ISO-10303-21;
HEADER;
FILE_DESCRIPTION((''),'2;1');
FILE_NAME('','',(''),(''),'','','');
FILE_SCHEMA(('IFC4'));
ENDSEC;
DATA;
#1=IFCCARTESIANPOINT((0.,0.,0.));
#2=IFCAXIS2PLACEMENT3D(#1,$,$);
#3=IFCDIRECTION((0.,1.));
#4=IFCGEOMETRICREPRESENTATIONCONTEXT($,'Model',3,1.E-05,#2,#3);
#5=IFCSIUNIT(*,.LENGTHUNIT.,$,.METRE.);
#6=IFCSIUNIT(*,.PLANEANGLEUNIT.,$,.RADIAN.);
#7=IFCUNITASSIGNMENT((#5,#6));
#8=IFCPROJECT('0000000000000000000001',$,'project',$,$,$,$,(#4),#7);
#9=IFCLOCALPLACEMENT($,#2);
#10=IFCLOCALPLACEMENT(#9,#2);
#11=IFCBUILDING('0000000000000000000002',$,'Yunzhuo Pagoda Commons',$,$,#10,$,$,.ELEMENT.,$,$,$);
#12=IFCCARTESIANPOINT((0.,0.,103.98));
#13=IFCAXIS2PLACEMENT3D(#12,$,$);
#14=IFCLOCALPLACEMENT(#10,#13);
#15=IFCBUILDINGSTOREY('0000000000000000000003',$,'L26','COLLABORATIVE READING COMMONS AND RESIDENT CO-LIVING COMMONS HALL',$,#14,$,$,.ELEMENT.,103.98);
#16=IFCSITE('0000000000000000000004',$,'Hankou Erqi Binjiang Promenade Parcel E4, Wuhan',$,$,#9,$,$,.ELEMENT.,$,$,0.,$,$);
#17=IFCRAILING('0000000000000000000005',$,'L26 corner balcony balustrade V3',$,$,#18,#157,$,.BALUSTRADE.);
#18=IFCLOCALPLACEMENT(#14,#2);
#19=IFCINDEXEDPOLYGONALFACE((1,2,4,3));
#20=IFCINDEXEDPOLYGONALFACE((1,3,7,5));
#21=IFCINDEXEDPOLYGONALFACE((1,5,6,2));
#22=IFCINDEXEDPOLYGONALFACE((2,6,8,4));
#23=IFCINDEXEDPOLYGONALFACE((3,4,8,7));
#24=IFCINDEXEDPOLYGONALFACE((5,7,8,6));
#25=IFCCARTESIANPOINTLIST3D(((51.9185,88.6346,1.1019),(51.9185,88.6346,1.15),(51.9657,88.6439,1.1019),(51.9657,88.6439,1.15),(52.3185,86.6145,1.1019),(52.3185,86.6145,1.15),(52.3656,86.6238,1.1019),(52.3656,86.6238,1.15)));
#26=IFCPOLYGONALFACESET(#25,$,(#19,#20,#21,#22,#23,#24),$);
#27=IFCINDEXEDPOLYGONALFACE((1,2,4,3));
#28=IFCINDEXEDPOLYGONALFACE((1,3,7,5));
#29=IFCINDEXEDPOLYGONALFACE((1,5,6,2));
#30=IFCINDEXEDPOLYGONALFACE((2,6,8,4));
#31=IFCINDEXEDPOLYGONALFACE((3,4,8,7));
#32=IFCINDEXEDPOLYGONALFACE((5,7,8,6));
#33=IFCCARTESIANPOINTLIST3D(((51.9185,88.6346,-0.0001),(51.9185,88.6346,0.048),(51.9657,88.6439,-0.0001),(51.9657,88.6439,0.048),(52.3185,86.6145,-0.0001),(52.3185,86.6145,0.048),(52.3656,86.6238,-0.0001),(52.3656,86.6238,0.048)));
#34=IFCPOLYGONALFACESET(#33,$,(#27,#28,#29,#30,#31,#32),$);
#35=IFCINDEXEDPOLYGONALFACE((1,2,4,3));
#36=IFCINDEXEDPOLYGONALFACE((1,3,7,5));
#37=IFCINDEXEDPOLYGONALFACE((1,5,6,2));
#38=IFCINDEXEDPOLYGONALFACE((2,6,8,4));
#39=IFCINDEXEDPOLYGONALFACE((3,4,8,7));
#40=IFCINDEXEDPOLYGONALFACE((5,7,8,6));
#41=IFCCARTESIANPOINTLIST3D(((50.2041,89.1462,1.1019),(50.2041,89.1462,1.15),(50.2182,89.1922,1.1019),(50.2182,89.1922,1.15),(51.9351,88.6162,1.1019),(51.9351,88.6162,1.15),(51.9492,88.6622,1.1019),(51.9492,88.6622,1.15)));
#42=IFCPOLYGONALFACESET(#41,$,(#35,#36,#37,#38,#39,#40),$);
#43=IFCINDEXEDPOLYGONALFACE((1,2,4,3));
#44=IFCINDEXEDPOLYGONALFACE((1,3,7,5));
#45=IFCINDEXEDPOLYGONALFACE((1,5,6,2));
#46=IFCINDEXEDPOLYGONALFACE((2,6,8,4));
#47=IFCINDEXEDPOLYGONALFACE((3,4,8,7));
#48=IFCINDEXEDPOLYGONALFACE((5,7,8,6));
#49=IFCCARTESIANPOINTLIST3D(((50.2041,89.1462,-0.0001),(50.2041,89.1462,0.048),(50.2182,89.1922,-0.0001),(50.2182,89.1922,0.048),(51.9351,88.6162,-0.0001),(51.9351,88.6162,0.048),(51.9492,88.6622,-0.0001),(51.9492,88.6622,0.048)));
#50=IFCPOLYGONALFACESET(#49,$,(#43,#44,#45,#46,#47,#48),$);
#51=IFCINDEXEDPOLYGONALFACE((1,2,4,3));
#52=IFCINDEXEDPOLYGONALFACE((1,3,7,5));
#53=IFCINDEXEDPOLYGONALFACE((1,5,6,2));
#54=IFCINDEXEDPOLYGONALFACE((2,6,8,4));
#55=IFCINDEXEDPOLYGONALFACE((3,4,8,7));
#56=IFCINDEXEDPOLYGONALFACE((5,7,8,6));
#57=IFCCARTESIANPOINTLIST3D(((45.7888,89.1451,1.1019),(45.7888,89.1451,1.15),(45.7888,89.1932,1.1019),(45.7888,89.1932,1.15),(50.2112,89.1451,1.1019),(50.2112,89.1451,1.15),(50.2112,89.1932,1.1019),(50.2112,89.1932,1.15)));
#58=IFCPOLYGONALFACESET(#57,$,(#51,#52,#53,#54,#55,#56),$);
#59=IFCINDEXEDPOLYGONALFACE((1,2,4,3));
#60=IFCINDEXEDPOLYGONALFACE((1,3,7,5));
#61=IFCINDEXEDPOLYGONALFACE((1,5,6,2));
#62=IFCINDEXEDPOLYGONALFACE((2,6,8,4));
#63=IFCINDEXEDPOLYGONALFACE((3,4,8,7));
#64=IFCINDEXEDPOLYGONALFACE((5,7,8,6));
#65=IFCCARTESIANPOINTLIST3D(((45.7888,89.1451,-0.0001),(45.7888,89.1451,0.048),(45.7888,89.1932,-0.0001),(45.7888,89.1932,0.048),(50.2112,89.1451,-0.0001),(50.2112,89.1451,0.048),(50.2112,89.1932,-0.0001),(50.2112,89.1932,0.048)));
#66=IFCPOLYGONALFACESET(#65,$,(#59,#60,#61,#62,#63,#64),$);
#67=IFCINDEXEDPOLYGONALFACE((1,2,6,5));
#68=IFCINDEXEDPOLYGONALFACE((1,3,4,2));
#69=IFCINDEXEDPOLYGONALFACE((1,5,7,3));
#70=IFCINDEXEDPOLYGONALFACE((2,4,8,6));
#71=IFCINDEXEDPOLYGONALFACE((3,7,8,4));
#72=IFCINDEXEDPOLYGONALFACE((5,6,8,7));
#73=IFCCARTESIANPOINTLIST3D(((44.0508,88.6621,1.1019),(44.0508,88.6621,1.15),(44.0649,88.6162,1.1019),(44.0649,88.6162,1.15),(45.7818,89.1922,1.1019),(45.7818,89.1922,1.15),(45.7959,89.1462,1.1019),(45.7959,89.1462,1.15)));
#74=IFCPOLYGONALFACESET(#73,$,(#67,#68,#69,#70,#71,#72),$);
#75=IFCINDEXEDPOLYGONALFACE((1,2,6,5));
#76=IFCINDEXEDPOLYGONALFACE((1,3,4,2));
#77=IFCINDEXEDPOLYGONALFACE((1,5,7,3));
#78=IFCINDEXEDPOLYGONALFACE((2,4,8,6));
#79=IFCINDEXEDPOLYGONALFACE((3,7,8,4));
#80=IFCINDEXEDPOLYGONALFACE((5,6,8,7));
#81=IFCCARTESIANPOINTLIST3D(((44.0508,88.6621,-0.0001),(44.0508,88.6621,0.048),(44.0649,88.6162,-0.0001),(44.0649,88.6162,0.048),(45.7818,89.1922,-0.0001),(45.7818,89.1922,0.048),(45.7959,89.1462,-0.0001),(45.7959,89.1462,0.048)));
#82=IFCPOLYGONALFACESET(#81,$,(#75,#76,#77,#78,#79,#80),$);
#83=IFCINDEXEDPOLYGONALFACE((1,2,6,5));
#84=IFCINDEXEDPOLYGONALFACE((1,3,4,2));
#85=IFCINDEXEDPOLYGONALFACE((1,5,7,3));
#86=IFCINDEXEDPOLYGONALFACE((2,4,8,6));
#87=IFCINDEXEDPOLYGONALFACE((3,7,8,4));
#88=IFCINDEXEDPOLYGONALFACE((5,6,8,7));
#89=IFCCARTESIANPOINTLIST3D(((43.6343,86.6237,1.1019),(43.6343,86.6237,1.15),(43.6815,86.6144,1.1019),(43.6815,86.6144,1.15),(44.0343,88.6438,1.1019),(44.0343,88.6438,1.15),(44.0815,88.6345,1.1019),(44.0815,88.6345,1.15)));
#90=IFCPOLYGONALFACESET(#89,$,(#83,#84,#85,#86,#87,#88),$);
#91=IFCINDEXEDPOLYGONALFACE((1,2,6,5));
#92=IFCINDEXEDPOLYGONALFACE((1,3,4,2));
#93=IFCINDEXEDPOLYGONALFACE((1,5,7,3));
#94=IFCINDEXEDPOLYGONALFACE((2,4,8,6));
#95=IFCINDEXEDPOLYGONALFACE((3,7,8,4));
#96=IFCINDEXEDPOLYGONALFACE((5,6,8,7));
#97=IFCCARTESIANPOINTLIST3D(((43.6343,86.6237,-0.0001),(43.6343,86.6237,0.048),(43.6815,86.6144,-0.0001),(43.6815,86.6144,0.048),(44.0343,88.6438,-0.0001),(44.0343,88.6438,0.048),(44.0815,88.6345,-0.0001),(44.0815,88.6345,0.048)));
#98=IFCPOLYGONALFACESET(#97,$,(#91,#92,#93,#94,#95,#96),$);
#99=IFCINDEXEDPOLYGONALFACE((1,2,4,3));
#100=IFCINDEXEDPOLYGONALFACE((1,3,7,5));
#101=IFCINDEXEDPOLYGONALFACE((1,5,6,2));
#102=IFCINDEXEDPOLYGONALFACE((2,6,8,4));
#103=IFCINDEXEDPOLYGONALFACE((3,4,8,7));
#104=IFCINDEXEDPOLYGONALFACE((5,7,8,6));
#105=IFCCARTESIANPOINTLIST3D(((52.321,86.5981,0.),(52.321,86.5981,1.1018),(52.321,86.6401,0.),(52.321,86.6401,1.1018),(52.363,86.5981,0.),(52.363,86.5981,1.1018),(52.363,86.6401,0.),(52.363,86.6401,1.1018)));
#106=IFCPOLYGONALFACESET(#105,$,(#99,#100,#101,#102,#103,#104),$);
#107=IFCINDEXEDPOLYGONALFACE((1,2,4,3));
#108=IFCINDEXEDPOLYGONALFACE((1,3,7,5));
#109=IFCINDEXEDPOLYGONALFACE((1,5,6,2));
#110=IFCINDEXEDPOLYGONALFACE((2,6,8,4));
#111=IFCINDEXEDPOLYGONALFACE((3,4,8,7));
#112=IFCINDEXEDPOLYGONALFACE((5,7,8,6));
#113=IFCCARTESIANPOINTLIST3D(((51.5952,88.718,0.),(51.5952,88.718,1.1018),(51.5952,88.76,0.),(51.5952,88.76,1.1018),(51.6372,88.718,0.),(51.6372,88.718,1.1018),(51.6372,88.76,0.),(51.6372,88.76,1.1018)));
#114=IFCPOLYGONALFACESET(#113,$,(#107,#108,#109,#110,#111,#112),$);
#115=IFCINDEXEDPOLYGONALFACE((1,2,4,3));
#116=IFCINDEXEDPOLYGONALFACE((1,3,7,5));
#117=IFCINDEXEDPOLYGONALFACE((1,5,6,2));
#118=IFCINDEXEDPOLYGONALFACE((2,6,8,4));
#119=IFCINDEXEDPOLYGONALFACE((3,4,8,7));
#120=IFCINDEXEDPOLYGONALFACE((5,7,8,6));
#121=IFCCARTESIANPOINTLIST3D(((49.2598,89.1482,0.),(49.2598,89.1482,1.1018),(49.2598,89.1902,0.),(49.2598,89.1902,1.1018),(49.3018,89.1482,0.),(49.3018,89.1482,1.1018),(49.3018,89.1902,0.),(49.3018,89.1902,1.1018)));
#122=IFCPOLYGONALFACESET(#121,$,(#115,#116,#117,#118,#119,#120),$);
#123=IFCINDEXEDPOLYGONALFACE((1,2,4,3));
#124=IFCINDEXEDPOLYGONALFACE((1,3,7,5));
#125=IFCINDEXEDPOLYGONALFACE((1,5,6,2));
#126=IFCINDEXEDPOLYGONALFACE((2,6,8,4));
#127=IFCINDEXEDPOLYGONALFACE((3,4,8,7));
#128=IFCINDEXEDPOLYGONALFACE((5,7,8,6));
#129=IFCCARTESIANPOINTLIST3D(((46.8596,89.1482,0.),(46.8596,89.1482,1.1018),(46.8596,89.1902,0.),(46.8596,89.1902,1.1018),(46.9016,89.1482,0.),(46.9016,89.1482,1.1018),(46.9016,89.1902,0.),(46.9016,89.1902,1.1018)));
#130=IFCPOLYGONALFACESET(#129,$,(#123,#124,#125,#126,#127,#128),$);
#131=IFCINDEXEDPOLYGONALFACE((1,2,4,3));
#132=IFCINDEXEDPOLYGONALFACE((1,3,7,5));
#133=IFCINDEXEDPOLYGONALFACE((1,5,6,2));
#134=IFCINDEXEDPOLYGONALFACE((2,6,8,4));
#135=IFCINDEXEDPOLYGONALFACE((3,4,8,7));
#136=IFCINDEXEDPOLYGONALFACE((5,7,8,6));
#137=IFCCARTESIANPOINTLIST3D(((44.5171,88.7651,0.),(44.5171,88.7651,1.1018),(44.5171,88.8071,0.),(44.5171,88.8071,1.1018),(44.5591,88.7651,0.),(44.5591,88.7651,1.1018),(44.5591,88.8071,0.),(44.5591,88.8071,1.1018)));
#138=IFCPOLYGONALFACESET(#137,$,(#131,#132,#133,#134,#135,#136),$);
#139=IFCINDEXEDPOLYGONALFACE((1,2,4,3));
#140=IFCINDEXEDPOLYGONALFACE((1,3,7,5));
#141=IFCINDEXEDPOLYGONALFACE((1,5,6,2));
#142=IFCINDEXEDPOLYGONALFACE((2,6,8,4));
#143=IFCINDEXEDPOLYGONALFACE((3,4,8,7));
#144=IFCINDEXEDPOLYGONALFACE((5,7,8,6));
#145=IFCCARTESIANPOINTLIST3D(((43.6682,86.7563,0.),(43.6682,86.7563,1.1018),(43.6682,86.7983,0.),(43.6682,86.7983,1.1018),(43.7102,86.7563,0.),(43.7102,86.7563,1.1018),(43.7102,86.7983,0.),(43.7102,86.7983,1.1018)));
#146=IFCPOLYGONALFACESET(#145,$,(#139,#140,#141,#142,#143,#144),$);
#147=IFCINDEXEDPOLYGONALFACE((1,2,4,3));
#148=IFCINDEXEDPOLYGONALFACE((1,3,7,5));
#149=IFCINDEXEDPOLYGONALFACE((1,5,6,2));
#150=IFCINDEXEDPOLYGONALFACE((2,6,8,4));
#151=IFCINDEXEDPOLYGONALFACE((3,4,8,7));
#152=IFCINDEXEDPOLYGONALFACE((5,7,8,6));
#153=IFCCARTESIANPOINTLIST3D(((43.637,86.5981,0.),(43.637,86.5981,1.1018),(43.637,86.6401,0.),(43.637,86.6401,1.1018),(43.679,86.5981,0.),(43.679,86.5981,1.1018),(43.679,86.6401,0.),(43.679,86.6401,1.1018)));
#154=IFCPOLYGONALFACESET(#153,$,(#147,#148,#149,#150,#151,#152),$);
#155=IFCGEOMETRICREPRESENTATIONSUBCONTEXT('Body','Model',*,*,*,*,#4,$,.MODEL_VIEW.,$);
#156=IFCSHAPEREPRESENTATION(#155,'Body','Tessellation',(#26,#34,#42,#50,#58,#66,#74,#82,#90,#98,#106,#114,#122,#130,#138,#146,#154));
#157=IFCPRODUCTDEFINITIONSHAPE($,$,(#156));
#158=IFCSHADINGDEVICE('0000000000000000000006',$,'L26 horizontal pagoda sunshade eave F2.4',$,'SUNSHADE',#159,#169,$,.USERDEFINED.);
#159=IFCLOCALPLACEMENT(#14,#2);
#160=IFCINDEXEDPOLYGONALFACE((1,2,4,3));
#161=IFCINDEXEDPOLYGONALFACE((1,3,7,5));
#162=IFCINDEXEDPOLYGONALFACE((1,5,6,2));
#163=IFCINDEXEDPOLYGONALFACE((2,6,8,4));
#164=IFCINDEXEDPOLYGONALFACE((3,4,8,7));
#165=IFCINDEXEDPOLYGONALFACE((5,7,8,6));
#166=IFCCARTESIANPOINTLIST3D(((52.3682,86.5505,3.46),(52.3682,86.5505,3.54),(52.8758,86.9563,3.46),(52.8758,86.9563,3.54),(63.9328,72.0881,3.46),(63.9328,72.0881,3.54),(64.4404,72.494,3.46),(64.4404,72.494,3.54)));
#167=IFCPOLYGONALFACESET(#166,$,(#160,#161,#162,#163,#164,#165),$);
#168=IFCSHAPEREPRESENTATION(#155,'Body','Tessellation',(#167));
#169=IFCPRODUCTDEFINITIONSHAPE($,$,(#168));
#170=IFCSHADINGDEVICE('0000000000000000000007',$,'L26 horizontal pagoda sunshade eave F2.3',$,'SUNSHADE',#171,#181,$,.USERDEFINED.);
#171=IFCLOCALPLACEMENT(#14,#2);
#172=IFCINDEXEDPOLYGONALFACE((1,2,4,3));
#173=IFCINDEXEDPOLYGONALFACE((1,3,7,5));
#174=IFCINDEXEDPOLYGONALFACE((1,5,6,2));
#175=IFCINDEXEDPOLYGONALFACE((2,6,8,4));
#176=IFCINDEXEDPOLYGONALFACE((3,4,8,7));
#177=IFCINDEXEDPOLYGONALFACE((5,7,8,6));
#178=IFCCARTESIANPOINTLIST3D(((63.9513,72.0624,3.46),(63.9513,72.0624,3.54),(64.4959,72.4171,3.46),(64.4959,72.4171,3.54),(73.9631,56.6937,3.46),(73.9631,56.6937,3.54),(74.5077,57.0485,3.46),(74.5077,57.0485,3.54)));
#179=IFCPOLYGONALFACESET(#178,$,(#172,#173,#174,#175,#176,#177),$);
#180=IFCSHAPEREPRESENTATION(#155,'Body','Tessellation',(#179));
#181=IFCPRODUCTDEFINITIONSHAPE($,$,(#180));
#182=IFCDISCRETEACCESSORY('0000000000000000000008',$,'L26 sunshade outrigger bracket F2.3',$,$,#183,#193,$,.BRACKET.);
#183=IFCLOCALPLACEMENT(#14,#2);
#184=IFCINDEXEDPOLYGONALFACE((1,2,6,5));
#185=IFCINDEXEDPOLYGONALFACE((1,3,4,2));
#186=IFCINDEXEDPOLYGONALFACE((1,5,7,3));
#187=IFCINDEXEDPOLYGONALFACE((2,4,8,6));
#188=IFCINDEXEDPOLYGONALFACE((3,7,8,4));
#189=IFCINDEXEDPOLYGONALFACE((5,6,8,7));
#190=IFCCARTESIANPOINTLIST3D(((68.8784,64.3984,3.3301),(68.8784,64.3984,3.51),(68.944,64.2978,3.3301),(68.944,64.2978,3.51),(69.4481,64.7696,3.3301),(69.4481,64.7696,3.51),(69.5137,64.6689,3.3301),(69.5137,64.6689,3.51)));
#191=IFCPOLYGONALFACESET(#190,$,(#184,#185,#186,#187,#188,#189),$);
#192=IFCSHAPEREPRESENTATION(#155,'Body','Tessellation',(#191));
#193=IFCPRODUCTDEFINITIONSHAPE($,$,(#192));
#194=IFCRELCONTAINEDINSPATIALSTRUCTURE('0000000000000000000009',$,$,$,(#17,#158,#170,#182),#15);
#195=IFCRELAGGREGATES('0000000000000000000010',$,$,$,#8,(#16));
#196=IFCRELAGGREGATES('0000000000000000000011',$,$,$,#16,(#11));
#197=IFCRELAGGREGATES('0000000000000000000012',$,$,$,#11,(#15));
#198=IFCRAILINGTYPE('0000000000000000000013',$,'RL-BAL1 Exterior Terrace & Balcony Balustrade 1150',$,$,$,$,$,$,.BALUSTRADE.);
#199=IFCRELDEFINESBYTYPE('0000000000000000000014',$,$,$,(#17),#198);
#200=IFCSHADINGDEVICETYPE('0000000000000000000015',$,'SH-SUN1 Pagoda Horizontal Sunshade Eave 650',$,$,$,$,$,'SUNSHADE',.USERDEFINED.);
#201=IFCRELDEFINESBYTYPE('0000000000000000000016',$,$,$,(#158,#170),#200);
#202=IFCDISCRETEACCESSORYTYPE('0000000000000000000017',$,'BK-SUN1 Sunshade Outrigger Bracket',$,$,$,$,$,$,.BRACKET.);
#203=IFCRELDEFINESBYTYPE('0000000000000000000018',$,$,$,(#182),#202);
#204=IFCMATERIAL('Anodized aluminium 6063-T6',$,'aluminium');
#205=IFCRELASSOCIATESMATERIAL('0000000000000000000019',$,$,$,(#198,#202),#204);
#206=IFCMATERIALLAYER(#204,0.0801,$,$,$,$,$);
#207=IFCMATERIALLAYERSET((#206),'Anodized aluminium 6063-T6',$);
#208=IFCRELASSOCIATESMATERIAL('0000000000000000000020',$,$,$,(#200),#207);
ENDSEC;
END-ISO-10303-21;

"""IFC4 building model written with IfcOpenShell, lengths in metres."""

from ifc_helpers import new_model, si_unit, direction, frame, origin, origin_2d, place, context, subcontext, project, spatial, rectangle, extrude, source, transform, mapped, material, layer, layer_set, type_object, element, save


model = new_model("IFC4")

# Units and contexts
model_context = context("Model", 3, precision=1e-05, world=origin(), true_north=direction((0.0, 1.0)))
body_context = subcontext(model_context, "Body", "Model", "MODEL_VIEW")
ifc_project = project(units=[si_unit("LENGTHUNIT", "METRE"), si_unit("PLANEANGLEUNIT", "RADIAN")], contexts=[model_context])

# Site, building, storey
site_placement = place(None, origin())
site = spatial("IfcSite", under=ifc_project, at=site_placement, Name="Hankou Erqi Binjiang Promenade Parcel E4, Wuhan", CompositionType="ELEMENT", RefElevation=0.0)
building_placement = place(site_placement, origin())
building = spatial("IfcBuilding", under=site, at=building_placement, Name="Yunzhuo Pagoda Commons", CompositionType="ELEMENT")
storey_placement = place(building_placement, frame((0.0, 0.0, 103.98)))
storey = spatial("IfcBuildingStorey", under=building, at=storey_placement, Name="L26", Description="COLLABORATIVE READING COMMONS AND RESIDENT CO-LIVING COMMONS HALL", CompositionType="ELEMENT", Elevation=103.98)

# Shared definitions
ifc_material_1 = material(Name="Anodized aluminium 6063-T6", Category="aluminium")

# Railing
railing_type_1 = type_object("IfcRailingType", Name="RL-BAL1 Exterior Terrace & Balcony Balustrade 1150", PredefinedType="BALUSTRADE", material=ifc_material_1)
railing_1_placement = place(storey_placement, frame((52.342, 86.6191, 0.0)))
element("IfcRailing", 1, at=railing_1_placement, inside=storey, type_object=railing_type_1, Name="L26 corner balcony balustrade V3", PredefinedType="BALUSTRADE", context=body_context, shape_type="SweptSolid", body=[
    extrude(rectangle(XDim=0.0481, YDim=0.0481, at=origin_2d()), frame((0.0, 0.0, 1.126), z_axis=(-0.194201, 0.980962, 0.0), x_axis=(-0.980962, -0.194201, 0.0)), (0.0, 0.0, 1.0), 2.0593),
    extrude(rectangle(XDim=0.0481, YDim=0.0481, at=origin_2d()), frame((0.0, 0.0, 0.0239), z_axis=(-0.194201, 0.980962, 0.0), x_axis=(-0.980962, -0.194201, 0.0)), (0.0, 0.0, 1.0), 2.0593),
    extrude(rectangle(XDim=0.0481, YDim=0.0481, at=origin_2d()), frame((-0.3999, 2.02, 1.126), z_axis=(-0.956178, 0.292787, 0.0), x_axis=(-0.292787, -0.956178, 0.0)), (0.0, 0.0, 1.0), 1.8103),
    extrude(rectangle(XDim=0.0481, YDim=0.0481, at=origin_2d()), frame((-0.3999, 2.02, 0.0239), z_axis=(-0.956178, 0.292787, 0.0), x_axis=(-0.292787, -0.956178, 0.0)), (0.0, 0.0, 1.0), 1.8103),
    extrude(rectangle(XDim=0.0481, YDim=0.0481, at=origin_2d()), frame((-2.1309, 2.55, 1.126), z_axis=(-1.0, 0.0, 0.0), x_axis=(0.0, -1.0, 0.0)), (0.0, 0.0, 1.0), 4.4224),
    extrude(rectangle(XDim=0.0481, YDim=0.0481, at=origin_2d()), frame((-2.1309, 2.55, 0.0239), z_axis=(-1.0, 0.0, 0.0), x_axis=(0.0, -1.0, 0.0)), (0.0, 0.0, 1.0), 4.4224),
    extrude(rectangle(XDim=0.0481, YDim=0.0481, at=origin_2d()), frame((-6.5532, 2.55, 1.126), z_axis=(-0.956178, -0.292787, 0.0), x_axis=(0.292787, -0.956178, 0.0)), (0.0, 0.0, 1.0), 1.8103),
    extrude(rectangle(XDim=0.0481, YDim=0.0481, at=origin_2d()), frame((-6.5532, 2.55, 0.0239), z_axis=(-0.956178, -0.292787, 0.0), x_axis=(0.292787, -0.956178, 0.0)), (0.0, 0.0, 1.0), 1.8103),
    extrude(rectangle(XDim=0.0481, YDim=0.0481, at=origin_2d()), frame((-8.2842, 2.02, 1.126), z_axis=(-0.194201, -0.980962, 0.0), x_axis=(0.980962, -0.194201, 0.0)), (0.0, 0.0, 1.0), 2.0593),
    extrude(rectangle(XDim=0.0481, YDim=0.0481, at=origin_2d()), frame((-8.2842, 2.02, 0.0239), z_axis=(-0.194201, -0.980962, 0.0), x_axis=(0.980962, -0.194201, 0.0)), (0.0, 0.0, 1.0), 2.0593),
    extrude(rectangle(XDim=0.042, YDim=0.042, at=origin_2d()), origin(), (0.0, 0.0, 1.0), 1.1018),
    extrude(rectangle(XDim=0.042, YDim=0.042, at=origin_2d()), frame((-0.7258, 2.1199, 0.0)), (0.0, 0.0, 1.0), 1.1018),
    extrude(rectangle(XDim=0.042, YDim=0.042, at=origin_2d()), frame((-3.0613, 2.55, 0.0)), (0.0, 0.0, 1.0), 1.1018),
    extrude(rectangle(XDim=0.042, YDim=0.042, at=origin_2d()), frame((-5.4614, 2.55, 0.0)), (0.0, 0.0, 1.0), 1.1018),
    extrude(rectangle(XDim=0.042, YDim=0.042, at=origin_2d()), frame((-7.804, 2.167, 0.0)), (0.0, 0.0, 1.0), 1.1018),
    extrude(rectangle(XDim=0.042, YDim=0.042, at=origin_2d()), frame((-8.6528, 0.1582, 0.0)), (0.0, 0.0, 1.0), 1.1018),
    extrude(rectangle(XDim=0.042, YDim=0.042, at=origin_2d()), frame((-8.6841, 0.0, 0.0)), (0.0, 0.0, 1.0), 1.1018),
])

# Shading devices
ifc_layer_1 = layer(ifc_material_1, 0.0801)
ifc_layer_set_1 = layer_set([ifc_layer_1], Name="Anodized aluminium 6063-T6")
shading_device_type = type_object("IfcShadingDeviceType", Name="SH-SUN1 Pagoda Horizontal Sunshade Eave 650", ElementType="SUNSHADE", PredefinedType="USERDEFINED", material=ifc_layer_set_1)
shared_shape_1 = source(origin(), body_context, "Body", "SweptSolid", [
    extrude(rectangle(XDim=18.5176, YDim=0.6499, at=origin_2d()), origin(), (0.0, 0.0, 1.0), 0.0801),
])
shading_device_1_placement = place(storey_placement, frame((58.4043, 79.5222, 3.46), z_axis=(0.0, 0.0, 1.0), x_axis=(-0.62452, 0.781008, 0.0)))
element("IfcShadingDevice", 2, at=shading_device_1_placement, inside=storey, type_object=shading_device_type, Name="L26 horizontal pagoda sunshade eave F2.4", ObjectType="SUNSHADE", PredefinedType="USERDEFINED", context=body_context, shape_type="MappedRepresentation", body=[
    mapped(shared_shape_1, transform((0.0, 0.0, 0.0), scale=1.0)),
])
shared_shape_2 = source(origin(), body_context, "Body", "SweptSolid", [
    extrude(rectangle(XDim=18.342, YDim=0.6499, at=origin_2d()), origin(), (0.0, 0.0, 1.0), 0.0801),
])
shading_device_2_placement = place(storey_placement, frame((69.2295, 64.5554, 3.46), z_axis=(0.0, 0.0, 1.0), x_axis=(-0.545839, 0.83789, 0.0)))
element("IfcShadingDevice", 3, at=shading_device_2_placement, inside=storey, type_object=shading_device_type, Name="L26 horizontal pagoda sunshade eave F2.3", ObjectType="SUNSHADE", PredefinedType="USERDEFINED", context=body_context, shape_type="MappedRepresentation", body=[
    mapped(shared_shape_2, transform((0.0, 0.0, 0.0), scale=1.0)),
])

# Discrete accessory
discrete_accessory_type = type_object("IfcDiscreteAccessoryType", Name="BK-SUN1 Sunshade Outrigger Bracket", PredefinedType="BRACKET", material=ifc_material_1)
shared_shape_3 = source(origin(), body_context, "Body", "SweptSolid", [
    extrude(rectangle(XDim=0.1201, YDim=0.6799, at=origin_2d()), origin(), (0.0, 0.0, 1.0), 0.1799),
])
discrete_accessory_placement = place(storey_placement, frame((69.196, 64.5337, 3.3301), z_axis=(0.0, 0.0, 1.0), x_axis=(-0.545839, 0.83789, 0.0)))
element("IfcDiscreteAccessory", 4, at=discrete_accessory_placement, inside=storey, type_object=discrete_accessory_type, Name="L26 sunshade outrigger bracket F2.3", PredefinedType="BRACKET", context=body_context, shape_type="MappedRepresentation", body=[
    mapped(shared_shape_3, transform((0.0, 0.0, 0.0), scale=1.0)),
])

save(model, "model.ifc")
